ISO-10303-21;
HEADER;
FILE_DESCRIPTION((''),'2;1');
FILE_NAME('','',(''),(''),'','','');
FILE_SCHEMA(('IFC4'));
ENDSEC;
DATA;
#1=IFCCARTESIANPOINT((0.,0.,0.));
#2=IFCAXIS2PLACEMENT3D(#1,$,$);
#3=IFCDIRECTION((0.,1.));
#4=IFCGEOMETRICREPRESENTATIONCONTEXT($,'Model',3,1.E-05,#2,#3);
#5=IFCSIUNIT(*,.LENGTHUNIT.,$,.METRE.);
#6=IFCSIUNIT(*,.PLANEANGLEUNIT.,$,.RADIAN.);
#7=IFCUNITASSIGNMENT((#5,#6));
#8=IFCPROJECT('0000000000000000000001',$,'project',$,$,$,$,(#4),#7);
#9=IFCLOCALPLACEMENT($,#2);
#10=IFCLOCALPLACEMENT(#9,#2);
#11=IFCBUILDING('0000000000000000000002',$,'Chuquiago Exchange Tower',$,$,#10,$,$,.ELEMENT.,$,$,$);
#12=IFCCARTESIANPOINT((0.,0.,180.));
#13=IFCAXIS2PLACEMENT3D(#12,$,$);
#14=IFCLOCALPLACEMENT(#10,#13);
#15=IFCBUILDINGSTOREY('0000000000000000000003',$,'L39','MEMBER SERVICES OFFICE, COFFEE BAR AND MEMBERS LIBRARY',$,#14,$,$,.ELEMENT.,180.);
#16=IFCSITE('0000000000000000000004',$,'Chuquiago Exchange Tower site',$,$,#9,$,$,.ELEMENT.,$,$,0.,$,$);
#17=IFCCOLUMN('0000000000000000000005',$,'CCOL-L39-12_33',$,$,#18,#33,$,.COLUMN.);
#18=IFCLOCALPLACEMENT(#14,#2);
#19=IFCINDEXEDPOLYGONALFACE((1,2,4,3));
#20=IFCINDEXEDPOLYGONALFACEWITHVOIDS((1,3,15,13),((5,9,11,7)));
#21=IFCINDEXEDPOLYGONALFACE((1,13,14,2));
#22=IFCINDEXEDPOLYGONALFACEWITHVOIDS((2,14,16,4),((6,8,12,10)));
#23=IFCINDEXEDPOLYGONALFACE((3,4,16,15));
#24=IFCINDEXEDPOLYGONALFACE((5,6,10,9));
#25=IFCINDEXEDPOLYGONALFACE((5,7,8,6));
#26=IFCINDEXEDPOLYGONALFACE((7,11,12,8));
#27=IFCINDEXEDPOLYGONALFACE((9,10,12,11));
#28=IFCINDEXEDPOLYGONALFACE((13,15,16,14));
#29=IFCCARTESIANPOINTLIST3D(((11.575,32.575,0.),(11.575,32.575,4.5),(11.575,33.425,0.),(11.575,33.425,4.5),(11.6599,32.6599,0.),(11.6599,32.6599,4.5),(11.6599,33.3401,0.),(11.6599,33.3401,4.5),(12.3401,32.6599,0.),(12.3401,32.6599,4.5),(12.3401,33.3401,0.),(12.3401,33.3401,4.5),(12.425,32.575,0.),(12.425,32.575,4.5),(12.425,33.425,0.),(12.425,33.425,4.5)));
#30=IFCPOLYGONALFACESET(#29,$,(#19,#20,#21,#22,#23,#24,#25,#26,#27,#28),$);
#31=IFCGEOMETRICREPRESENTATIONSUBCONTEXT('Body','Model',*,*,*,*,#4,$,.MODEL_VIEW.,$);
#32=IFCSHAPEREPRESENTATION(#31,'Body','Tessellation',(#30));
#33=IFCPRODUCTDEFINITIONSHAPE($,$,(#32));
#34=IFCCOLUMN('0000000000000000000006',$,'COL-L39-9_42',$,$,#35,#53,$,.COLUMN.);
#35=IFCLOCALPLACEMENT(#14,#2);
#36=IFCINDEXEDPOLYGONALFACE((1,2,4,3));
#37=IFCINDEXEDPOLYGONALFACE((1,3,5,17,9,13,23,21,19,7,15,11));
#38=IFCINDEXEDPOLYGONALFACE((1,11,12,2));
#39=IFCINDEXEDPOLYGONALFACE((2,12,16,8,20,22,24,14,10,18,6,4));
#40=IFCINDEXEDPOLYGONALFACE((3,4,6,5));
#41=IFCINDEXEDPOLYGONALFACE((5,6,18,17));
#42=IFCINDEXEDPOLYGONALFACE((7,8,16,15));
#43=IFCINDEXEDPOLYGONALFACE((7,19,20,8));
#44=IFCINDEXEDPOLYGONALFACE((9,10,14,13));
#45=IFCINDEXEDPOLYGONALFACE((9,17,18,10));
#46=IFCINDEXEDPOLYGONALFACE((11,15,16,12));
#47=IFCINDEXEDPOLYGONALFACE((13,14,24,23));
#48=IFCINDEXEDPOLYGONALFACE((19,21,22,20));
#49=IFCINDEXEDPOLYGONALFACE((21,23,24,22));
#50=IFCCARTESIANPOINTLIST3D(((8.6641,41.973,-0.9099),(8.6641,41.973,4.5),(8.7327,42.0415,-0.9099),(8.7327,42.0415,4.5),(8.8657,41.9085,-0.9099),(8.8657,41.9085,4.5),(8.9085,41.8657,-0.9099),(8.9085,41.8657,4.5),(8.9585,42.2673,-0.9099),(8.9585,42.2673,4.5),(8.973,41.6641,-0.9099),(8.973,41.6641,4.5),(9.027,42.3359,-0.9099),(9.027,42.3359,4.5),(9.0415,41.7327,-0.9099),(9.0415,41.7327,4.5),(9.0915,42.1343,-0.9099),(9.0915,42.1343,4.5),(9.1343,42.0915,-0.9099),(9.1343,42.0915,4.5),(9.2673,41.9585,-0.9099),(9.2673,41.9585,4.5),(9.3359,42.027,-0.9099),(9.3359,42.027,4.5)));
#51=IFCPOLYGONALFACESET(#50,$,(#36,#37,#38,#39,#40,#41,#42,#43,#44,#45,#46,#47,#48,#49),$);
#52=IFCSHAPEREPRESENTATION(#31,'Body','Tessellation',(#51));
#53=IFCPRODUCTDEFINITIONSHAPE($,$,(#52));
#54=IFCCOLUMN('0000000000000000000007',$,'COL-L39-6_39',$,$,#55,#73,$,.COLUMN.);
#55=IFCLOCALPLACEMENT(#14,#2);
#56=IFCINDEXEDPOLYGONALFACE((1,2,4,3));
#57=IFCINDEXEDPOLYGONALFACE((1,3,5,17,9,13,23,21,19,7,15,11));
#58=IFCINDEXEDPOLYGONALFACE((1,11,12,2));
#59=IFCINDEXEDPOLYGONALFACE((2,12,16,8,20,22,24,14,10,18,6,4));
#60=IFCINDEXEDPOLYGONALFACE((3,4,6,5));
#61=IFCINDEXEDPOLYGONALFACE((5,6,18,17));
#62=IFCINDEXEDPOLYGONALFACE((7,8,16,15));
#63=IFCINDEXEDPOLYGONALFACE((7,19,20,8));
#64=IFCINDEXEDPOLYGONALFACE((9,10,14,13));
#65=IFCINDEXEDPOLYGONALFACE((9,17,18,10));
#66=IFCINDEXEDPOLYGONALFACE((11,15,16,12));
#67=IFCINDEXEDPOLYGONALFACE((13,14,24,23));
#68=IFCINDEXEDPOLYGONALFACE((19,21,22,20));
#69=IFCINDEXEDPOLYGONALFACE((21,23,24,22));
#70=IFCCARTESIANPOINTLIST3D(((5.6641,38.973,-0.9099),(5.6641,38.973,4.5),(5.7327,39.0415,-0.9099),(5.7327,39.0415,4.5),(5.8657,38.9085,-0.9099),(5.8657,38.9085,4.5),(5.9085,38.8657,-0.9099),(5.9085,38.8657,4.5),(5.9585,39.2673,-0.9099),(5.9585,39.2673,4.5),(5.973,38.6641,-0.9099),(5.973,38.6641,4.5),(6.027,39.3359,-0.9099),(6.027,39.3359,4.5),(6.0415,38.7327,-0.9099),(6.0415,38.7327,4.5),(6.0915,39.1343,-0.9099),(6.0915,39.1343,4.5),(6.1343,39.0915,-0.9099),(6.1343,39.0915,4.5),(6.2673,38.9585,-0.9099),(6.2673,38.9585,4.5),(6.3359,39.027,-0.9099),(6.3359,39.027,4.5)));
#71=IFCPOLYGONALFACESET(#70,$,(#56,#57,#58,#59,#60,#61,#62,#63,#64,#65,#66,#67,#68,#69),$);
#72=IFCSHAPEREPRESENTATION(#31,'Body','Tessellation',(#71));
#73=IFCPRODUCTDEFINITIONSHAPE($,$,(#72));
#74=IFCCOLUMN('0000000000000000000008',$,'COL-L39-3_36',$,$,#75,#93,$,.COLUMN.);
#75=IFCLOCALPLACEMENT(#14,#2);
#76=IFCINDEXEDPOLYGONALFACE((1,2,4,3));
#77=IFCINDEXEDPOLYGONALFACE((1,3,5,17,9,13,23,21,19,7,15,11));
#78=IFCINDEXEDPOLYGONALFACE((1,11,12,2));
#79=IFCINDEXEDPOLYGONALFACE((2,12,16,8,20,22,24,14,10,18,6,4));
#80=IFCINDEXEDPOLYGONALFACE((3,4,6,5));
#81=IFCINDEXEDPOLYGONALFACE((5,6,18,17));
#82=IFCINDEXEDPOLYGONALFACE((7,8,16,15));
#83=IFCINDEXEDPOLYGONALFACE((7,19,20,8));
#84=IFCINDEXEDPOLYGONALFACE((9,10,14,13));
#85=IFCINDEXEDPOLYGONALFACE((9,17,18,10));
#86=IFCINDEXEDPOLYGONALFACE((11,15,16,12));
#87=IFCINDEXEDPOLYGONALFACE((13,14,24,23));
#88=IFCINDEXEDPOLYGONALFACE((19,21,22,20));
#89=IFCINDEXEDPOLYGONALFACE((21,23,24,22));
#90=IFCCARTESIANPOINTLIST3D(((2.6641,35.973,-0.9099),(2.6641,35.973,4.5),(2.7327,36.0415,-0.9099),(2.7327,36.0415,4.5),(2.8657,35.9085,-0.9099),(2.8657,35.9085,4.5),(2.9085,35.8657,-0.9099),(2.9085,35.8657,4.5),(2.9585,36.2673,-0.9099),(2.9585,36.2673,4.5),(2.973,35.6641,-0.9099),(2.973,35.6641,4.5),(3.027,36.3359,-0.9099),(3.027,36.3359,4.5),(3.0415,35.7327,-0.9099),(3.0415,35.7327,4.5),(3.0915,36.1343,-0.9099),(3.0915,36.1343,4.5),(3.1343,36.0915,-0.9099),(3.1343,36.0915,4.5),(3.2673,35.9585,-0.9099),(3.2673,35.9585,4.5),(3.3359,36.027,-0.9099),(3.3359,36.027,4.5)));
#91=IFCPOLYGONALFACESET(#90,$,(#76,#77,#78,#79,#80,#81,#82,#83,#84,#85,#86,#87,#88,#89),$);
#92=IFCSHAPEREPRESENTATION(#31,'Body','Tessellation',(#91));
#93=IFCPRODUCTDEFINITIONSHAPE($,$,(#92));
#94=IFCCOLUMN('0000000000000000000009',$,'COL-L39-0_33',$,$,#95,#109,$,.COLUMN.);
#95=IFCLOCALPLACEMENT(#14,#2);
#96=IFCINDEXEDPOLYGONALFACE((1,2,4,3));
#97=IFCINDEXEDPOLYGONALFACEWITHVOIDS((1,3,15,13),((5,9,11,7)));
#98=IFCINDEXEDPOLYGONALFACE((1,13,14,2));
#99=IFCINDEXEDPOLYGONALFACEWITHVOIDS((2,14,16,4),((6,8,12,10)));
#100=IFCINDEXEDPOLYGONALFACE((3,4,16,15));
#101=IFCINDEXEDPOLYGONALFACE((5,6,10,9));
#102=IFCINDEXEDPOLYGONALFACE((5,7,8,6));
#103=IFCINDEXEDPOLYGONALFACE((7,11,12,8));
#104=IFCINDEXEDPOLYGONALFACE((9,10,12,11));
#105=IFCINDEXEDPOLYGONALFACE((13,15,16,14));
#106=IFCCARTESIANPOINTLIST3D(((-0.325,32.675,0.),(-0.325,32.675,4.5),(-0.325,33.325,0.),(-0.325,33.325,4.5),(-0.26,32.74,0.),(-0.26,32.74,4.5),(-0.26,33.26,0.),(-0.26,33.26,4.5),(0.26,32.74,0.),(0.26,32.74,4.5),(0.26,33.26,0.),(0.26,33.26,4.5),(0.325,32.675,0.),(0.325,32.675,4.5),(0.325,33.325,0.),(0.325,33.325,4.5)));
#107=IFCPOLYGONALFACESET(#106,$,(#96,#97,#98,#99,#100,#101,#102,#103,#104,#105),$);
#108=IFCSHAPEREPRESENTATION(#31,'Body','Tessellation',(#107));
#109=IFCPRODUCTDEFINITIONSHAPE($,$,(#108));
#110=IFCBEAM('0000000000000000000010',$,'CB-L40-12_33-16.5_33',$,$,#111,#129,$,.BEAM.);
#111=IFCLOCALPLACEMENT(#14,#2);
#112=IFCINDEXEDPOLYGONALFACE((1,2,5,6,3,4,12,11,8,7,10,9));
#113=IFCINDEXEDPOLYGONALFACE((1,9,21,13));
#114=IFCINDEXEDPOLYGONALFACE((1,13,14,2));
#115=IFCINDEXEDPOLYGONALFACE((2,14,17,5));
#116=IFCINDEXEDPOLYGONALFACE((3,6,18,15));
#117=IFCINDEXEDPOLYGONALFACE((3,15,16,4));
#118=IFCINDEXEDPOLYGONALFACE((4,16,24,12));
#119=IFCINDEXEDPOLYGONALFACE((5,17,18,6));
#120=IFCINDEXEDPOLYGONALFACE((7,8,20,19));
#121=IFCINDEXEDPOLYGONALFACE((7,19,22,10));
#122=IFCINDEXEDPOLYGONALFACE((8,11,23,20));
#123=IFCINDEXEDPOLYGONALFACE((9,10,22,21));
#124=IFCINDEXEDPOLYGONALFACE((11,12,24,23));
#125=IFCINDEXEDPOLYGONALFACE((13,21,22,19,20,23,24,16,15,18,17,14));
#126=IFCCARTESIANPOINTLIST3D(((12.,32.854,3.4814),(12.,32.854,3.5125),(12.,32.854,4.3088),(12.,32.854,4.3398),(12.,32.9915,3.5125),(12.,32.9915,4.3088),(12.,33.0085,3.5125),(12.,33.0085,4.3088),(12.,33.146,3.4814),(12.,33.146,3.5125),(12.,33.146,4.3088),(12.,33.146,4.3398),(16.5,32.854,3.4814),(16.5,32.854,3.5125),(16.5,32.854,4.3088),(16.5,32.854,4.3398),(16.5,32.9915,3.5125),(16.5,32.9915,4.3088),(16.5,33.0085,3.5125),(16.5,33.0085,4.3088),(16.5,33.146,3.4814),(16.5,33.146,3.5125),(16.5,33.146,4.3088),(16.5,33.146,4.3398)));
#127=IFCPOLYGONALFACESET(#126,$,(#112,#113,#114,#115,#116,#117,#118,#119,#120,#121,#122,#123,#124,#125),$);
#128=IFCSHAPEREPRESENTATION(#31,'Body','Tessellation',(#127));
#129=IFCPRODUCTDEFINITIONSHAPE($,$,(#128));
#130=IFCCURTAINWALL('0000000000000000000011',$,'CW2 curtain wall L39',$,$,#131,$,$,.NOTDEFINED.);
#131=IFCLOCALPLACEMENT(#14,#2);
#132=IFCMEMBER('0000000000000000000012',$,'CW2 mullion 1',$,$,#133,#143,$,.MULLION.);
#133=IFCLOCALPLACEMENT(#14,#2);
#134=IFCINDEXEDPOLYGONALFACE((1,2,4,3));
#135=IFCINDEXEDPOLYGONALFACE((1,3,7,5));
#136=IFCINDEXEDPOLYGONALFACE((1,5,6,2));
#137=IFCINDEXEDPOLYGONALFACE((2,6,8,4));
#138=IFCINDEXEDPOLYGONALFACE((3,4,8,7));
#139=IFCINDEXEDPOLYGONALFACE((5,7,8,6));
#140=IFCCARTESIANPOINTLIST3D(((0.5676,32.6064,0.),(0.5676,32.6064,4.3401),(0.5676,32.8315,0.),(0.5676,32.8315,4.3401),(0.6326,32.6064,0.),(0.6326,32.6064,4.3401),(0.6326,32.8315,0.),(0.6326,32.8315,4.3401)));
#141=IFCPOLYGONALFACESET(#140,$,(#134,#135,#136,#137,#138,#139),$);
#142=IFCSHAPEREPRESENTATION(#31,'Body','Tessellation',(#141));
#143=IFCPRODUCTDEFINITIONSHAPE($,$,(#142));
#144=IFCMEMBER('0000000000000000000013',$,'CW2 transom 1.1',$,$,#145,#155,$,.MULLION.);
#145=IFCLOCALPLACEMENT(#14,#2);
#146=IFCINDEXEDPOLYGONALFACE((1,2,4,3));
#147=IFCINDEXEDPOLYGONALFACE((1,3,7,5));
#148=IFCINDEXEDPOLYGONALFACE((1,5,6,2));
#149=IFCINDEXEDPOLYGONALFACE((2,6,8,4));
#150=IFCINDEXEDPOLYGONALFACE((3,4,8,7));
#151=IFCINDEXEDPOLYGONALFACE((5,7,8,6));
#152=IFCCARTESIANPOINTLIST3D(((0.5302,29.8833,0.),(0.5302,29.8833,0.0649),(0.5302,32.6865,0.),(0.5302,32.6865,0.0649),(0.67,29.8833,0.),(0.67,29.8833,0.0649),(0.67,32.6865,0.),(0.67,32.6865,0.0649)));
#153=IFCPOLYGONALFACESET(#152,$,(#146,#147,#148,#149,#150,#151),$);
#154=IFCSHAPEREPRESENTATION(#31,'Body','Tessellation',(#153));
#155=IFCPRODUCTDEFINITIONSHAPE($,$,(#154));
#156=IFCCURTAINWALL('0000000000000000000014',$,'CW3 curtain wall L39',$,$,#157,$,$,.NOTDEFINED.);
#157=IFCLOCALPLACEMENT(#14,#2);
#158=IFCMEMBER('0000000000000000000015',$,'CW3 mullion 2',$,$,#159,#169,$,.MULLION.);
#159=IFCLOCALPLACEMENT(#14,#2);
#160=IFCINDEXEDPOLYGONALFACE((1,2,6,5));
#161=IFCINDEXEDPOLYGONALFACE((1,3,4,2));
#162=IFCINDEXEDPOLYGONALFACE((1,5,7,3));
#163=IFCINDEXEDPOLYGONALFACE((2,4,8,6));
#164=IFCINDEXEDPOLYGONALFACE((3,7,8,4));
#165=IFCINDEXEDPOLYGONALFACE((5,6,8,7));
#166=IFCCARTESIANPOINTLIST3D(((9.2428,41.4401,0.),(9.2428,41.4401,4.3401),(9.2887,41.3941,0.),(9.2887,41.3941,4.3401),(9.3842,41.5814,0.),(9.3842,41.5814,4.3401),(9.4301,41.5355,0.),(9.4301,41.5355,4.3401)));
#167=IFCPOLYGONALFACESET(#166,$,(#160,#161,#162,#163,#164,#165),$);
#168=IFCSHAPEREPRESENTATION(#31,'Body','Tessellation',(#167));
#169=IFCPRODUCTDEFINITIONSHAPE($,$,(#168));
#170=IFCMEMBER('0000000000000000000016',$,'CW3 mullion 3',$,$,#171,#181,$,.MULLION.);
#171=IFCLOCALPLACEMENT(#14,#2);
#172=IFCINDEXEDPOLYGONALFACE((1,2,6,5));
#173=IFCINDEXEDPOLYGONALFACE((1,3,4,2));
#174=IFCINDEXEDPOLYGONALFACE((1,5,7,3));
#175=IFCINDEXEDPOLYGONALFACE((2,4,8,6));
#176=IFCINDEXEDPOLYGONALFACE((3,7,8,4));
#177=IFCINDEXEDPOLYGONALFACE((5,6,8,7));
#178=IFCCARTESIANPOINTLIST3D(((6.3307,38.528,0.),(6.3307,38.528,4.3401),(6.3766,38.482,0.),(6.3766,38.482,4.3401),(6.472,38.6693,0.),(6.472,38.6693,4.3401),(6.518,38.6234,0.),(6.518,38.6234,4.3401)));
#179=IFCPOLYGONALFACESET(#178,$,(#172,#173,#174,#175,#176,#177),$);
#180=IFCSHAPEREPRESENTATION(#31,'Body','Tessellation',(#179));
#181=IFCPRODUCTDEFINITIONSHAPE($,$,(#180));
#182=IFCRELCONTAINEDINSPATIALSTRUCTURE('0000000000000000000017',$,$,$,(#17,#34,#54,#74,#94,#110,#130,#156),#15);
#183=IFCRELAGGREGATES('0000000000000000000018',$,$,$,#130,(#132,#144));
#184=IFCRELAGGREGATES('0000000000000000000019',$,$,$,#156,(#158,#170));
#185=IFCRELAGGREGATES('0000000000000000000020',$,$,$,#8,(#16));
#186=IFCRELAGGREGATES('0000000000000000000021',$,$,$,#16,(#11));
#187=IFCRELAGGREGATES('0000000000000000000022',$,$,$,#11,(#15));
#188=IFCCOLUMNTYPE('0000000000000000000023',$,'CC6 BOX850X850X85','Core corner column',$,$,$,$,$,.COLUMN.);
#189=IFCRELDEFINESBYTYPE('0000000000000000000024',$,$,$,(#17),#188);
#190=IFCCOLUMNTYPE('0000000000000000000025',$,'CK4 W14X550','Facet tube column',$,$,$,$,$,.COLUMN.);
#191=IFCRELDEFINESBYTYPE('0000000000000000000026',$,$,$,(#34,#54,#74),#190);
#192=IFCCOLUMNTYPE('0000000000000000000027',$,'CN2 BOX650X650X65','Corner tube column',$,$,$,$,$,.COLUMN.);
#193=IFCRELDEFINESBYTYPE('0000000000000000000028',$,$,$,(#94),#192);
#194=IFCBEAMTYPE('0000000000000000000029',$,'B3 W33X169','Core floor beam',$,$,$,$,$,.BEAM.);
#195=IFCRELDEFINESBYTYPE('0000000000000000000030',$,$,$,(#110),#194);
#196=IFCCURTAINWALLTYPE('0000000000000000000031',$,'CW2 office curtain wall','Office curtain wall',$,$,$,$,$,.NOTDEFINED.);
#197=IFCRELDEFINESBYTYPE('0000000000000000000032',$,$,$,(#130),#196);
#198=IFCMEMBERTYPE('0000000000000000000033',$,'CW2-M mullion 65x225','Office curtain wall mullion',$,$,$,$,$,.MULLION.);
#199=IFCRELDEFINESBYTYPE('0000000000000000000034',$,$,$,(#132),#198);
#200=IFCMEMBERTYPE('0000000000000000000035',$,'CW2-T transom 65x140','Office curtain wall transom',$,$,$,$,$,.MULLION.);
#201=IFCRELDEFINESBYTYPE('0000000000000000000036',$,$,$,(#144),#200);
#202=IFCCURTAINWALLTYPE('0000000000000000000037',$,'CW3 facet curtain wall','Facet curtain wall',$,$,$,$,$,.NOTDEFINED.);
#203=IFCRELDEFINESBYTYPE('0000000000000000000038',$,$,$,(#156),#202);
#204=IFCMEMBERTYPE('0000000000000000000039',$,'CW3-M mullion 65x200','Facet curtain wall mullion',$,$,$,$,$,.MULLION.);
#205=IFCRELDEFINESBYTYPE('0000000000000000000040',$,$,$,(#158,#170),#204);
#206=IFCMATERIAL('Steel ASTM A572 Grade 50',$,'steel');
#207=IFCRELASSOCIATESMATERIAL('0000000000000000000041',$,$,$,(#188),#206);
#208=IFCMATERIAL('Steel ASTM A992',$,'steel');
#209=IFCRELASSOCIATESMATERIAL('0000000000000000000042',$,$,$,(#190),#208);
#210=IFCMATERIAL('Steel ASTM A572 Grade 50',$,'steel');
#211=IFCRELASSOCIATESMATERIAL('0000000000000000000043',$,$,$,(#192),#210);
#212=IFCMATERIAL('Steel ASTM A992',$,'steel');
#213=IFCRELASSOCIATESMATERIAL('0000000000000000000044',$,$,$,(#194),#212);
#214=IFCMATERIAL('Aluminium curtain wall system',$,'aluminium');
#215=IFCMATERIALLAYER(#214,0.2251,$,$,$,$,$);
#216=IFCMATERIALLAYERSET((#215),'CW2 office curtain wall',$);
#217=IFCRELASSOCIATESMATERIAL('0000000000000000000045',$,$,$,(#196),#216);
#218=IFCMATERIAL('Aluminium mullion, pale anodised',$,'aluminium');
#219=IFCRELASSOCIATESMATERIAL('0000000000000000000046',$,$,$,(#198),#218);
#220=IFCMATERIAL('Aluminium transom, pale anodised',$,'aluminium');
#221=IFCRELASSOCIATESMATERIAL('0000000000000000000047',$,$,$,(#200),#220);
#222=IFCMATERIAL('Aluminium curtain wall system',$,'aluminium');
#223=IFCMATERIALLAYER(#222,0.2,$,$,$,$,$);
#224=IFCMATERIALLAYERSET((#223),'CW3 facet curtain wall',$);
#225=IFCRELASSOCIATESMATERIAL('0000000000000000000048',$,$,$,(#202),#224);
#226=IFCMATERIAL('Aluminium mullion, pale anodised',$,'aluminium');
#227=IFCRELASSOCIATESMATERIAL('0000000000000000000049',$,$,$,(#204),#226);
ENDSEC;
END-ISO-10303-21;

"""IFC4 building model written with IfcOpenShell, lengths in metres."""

from ifc_helpers import new_model, si_unit, direction, frame, origin, origin_2d, place, context, subcontext, project, spatial, rectangle, hollow_rectangle, i_section, extrude, material, layer, layer_set, material_profile, profile_set, type_object, element, aggregate, save


model = new_model("IFC4")

# Units and contexts
model_context = context("Model", 3, precision=1e-05, world=origin(), true_north=direction((0.0, 1.0)))
body_context = subcontext(model_context, "Body", "Model", "MODEL_VIEW")
ifc_project = project(units=[si_unit("LENGTHUNIT", "METRE"), si_unit("PLANEANGLEUNIT", "RADIAN")], contexts=[model_context])

# Site, building, storey
site_placement = place(None, origin())
site = spatial("IfcSite", under=ifc_project, at=site_placement, Name="Chuquiago Exchange Tower site", CompositionType="ELEMENT", RefElevation=0.0)
building_placement = place(site_placement, origin())
building = spatial("IfcBuilding", under=site, at=building_placement, Name="Chuquiago Exchange Tower", CompositionType="ELEMENT")
storey_placement = place(building_placement, frame((0.0, 0.0, 180.0)))
storey = spatial("IfcBuildingStorey", under=building, at=storey_placement, Name="L39", Description="MEMBER SERVICES OFFICE, COFFEE BAR AND MEMBERS LIBRARY", CompositionType="ELEMENT", Elevation=180.0)

# Columns
ifc_material_1 = material(Name="Steel ASTM A572 Grade 50", Category="steel")
ifc_material_profile_1 = material_profile(ifc_material_1, hollow_rectangle(XDim=0.8501, YDim=0.8501, WallThickness=0.085, at=origin_2d()), Name="BOX850X850X85")
ifc_profile_set_1 = profile_set([ifc_material_profile_1], Name="Steel ASTM A572 Grade 50")
column_type_1 = type_object("IfcColumnType", Name="CC6 BOX850X850X85", Description="Core corner column", PredefinedType="COLUMN", material=ifc_profile_set_1)
column_1_placement = place(storey_placement, frame((12.0, 33.0, 0.0), z_axis=(0.0, 0.0, 1.0), x_axis=(1.0, 0.0, 0.0)))
element("IfcColumn", 1, at=column_1_placement, inside=storey, type_object=column_type_1, Name="CCOL-L39-12_33", PredefinedType="COLUMN", context=body_context, shape_type="SweptSolid", body=[
    extrude(hollow_rectangle(XDim=0.8501, YDim=0.8501, WallThickness=0.085, at=origin_2d()), origin(), (0.0, 0.0, 1.0), 4.5),
])
ifc_material_2 = material(Name="Steel ASTM A992", Category="steel")
ifc_material_profile_2 = material_profile(ifc_material_2, i_section(OverallWidth=0.4368, OverallDepth=0.5132, WebThickness=0.0605, FlangeThickness=0.0969, at=origin_2d()), Name="W14X550")
ifc_profile_set_2 = profile_set([ifc_material_profile_2], Name="Steel ASTM A992")
column_type_2 = type_object("IfcColumnType", Name="CK4 W14X550", Description="Facet tube column", PredefinedType="COLUMN", material=ifc_profile_set_2)
for number, where, z_axis, x_axis, name in (
    (2, (9.0, 42.0, -0.9099), (0.0, 0.0, 1.0), (-0.707107, 0.707107, 0.0), "COL-L39-9_42"),
    (3, (6.0, 39.0, -0.9099), (0.0, 0.0, 1.0), (-0.707107, 0.707107, 0.0), "COL-L39-6_39"),
    (4, (3.0, 36.0, -0.9099), (0.0, 0.0, 1.0), (-0.707107, 0.707107, 0.0), "COL-L39-3_36"),
):
    element("IfcColumn", number, at=place(storey_placement, frame(where, z_axis=z_axis, x_axis=x_axis)), inside=storey, type_object=column_type_2, Name=name, PredefinedType="COLUMN", context=body_context, shape_type="SweptSolid", body=[
        extrude(i_section(OverallWidth=0.4368, OverallDepth=0.5132, WebThickness=0.0605, FlangeThickness=0.0969, at=origin_2d()), origin(), (0.0, 0.0, 1.0), 5.4099),
    ])
ifc_material_3 = material(Name="Steel ASTM A572 Grade 50", Category="steel")
ifc_material_profile_3 = material_profile(ifc_material_3, hollow_rectangle(XDim=0.6499, YDim=0.6499, WallThickness=0.0649, at=origin_2d()), Name="BOX650X650X65")
ifc_profile_set_3 = profile_set([ifc_material_profile_3], Name="Steel ASTM A572 Grade 50")
column_type_3 = type_object("IfcColumnType", Name="CN2 BOX650X650X65", Description="Corner tube column", PredefinedType="COLUMN", material=ifc_profile_set_3)
column_2_placement = place(storey_placement, frame((0.0, 33.0, 0.0), z_axis=(0.0, 0.0, 1.0), x_axis=(-1.0, 0.0, 0.0)))
element("IfcColumn", 5, at=column_2_placement, inside=storey, type_object=column_type_3, Name="COL-L39-0_33", PredefinedType="COLUMN", context=body_context, shape_type="SweptSolid", body=[
    extrude(hollow_rectangle(XDim=0.6499, YDim=0.6499, WallThickness=0.0649, at=origin_2d()), origin(), (0.0, 0.0, 1.0), 4.5),
])

# Beam
ifc_material_4 = material(Name="Steel ASTM A992", Category="steel")
ifc_material_profile_4 = material_profile(ifc_material_4, i_section(OverallWidth=0.292, OverallDepth=0.8584, WebThickness=0.0171, FlangeThickness=0.031, at=origin_2d()), Name="W33X169")
ifc_profile_set_4 = profile_set([ifc_material_profile_4], Name="Steel ASTM A992")
beam_type_1 = type_object("IfcBeamType", Name="B3 W33X169", Description="Core floor beam", PredefinedType="BEAM", material=ifc_profile_set_4)
beam_1_placement = place(storey_placement, frame((12.0, 33.0, 3.9106), z_axis=(1.0, 0.0, 0.0), x_axis=(0.0, 1.0, 0.0)))
element("IfcBeam", 6, at=beam_1_placement, inside=storey, type_object=beam_type_1, Name="CB-L40-12_33-16.5_33", PredefinedType="BEAM", context=body_context, shape_type="SweptSolid", body=[
    extrude(i_section(OverallWidth=0.292, OverallDepth=0.8584, WebThickness=0.0171, FlangeThickness=0.031, at=origin_2d()), origin(), (0.0, 0.0, 1.0), 4.5),
])

# Curtain walls, members
ifc_material_5 = material(Name="Aluminium curtain wall system", Category="aluminium")
ifc_layer_1 = layer(ifc_material_5, 0.2251)
ifc_layer_set_1 = layer_set([ifc_layer_1], Name="CW2 office curtain wall")
curtain_wall_type_1 = type_object("IfcCurtainWallType", Name="CW2 office curtain wall", Description="Office curtain wall", PredefinedType="NOTDEFINED", material=ifc_layer_set_1)
curtain_wall_1_placement = place(storey_placement, origin())
curtain_wall_1 = element("IfcCurtainWall", 7, at=curtain_wall_1_placement, inside=storey, type_object=curtain_wall_type_1, Name="CW2 curtain wall L39", PredefinedType="NOTDEFINED")
ifc_material_6 = material(Name="Aluminium mullion, pale anodised", Category="aluminium")
ifc_material_profile_5 = material_profile(ifc_material_6, rectangle(XDim=0.0649, YDim=0.2251, at=origin_2d()), Name="AL 65x225")
ifc_profile_set_5 = profile_set([ifc_material_profile_5], Name="Aluminium mullion, pale anodised")
member_type_1 = type_object("IfcMemberType", Name="CW2-M mullion 65x225", Description="Office curtain wall mullion", PredefinedType="MULLION", material=ifc_profile_set_5)
member_1_placement = place(storey_placement, frame((0.6001, 32.719, 0.0), z_axis=(0.0, 0.0, 1.0), x_axis=(1.0, 0.0, 0.0)))
member_1 = element("IfcMember", 8, at=member_1_placement, type_object=member_type_1, Name="CW2 mullion 1", PredefinedType="MULLION", context=body_context, shape_type="SweptSolid", body=[
    extrude(rectangle(XDim=0.0649, YDim=0.2251, at=origin_2d()), origin(), (0.0, 0.0, 1.0), 4.3401),
])
ifc_material_7 = material(Name="Aluminium transom, pale anodised", Category="aluminium")
ifc_material_profile_6 = material_profile(ifc_material_7, rectangle(XDim=0.1399, YDim=0.0649, at=origin_2d()), Name="AL 140x65")
ifc_profile_set_6 = profile_set([ifc_material_profile_6], Name="Aluminium transom, pale anodised")
member_type_2 = type_object("IfcMemberType", Name="CW2-T transom 65x140", Description="Office curtain wall transom", PredefinedType="MULLION", material=ifc_profile_set_6)
member_2_placement = place(storey_placement, frame((0.6001, 32.6865, 0.0325), z_axis=(0.0, -1.0, 0.0), x_axis=(1.0, 0.0, 0.0)))
member_2 = element("IfcMember", 9, at=member_2_placement, type_object=member_type_2, Name="CW2 transom 1.1", PredefinedType="MULLION", context=body_context, shape_type="SweptSolid", body=[
    extrude(rectangle(XDim=0.1399, YDim=0.0649, at=origin_2d()), origin(), (0.0, 0.0, 1.0), 2.8032),
])
ifc_material_8 = material(Name="Aluminium curtain wall system", Category="aluminium")
ifc_layer_2 = layer(ifc_material_8, 0.2)
ifc_layer_set_2 = layer_set([ifc_layer_2], Name="CW3 facet curtain wall")
curtain_wall_type_2 = type_object("IfcCurtainWallType", Name="CW3 facet curtain wall", Description="Facet curtain wall", PredefinedType="NOTDEFINED", material=ifc_layer_set_2)
curtain_wall_2_placement = place(storey_placement, origin())
curtain_wall_2 = element("IfcCurtainWall", 10, at=curtain_wall_2_placement, inside=storey, type_object=curtain_wall_type_2, Name="CW3 curtain wall L39", PredefinedType="NOTDEFINED")
ifc_material_9 = material(Name="Aluminium mullion, pale anodised", Category="aluminium")
ifc_material_profile_7 = material_profile(ifc_material_9, rectangle(XDim=0.0649, YDim=0.2, at=origin_2d()), Name="AL 65x200")
ifc_profile_set_7 = profile_set([ifc_material_profile_7], Name="Aluminium mullion, pale anodised")
member_type_3 = type_object("IfcMemberType", Name="CW3-M mullion 65x200", Description="Facet curtain wall mullion", PredefinedType="MULLION", material=ifc_profile_set_7)
member_3_placement = place(storey_placement, frame((9.3364, 41.4878, 0.0), z_axis=(0.0, 0.0, 1.0), x_axis=(0.707107, -0.707107, 0.0)))
member_3 = element("IfcMember", 11, at=member_3_placement, type_object=member_type_3, Name="CW3 mullion 2", PredefinedType="MULLION", context=body_context, shape_type="SweptSolid", body=[
    extrude(rectangle(XDim=0.0649, YDim=0.2, at=origin_2d()), origin(), (0.0, 0.0, 1.0), 4.3401),
])
member_4_placement = place(storey_placement, frame((6.4243, 38.5757, 0.0), z_axis=(0.0, 0.0, 1.0), x_axis=(0.707107, -0.707107, 0.0)))
member_4 = element("IfcMember", 12, at=member_4_placement, type_object=member_type_3, Name="CW3 mullion 3", PredefinedType="MULLION", context=body_context, shape_type="SweptSolid", body=[
    extrude(rectangle(XDim=0.0649, YDim=0.2, at=origin_2d()), origin(), (0.0, 0.0, 1.0), 4.3401),
])

aggregate(curtain_wall_1, [member_1, member_2])
aggregate(curtain_wall_2, [member_3, member_4])

save(model, "model.ifc")
